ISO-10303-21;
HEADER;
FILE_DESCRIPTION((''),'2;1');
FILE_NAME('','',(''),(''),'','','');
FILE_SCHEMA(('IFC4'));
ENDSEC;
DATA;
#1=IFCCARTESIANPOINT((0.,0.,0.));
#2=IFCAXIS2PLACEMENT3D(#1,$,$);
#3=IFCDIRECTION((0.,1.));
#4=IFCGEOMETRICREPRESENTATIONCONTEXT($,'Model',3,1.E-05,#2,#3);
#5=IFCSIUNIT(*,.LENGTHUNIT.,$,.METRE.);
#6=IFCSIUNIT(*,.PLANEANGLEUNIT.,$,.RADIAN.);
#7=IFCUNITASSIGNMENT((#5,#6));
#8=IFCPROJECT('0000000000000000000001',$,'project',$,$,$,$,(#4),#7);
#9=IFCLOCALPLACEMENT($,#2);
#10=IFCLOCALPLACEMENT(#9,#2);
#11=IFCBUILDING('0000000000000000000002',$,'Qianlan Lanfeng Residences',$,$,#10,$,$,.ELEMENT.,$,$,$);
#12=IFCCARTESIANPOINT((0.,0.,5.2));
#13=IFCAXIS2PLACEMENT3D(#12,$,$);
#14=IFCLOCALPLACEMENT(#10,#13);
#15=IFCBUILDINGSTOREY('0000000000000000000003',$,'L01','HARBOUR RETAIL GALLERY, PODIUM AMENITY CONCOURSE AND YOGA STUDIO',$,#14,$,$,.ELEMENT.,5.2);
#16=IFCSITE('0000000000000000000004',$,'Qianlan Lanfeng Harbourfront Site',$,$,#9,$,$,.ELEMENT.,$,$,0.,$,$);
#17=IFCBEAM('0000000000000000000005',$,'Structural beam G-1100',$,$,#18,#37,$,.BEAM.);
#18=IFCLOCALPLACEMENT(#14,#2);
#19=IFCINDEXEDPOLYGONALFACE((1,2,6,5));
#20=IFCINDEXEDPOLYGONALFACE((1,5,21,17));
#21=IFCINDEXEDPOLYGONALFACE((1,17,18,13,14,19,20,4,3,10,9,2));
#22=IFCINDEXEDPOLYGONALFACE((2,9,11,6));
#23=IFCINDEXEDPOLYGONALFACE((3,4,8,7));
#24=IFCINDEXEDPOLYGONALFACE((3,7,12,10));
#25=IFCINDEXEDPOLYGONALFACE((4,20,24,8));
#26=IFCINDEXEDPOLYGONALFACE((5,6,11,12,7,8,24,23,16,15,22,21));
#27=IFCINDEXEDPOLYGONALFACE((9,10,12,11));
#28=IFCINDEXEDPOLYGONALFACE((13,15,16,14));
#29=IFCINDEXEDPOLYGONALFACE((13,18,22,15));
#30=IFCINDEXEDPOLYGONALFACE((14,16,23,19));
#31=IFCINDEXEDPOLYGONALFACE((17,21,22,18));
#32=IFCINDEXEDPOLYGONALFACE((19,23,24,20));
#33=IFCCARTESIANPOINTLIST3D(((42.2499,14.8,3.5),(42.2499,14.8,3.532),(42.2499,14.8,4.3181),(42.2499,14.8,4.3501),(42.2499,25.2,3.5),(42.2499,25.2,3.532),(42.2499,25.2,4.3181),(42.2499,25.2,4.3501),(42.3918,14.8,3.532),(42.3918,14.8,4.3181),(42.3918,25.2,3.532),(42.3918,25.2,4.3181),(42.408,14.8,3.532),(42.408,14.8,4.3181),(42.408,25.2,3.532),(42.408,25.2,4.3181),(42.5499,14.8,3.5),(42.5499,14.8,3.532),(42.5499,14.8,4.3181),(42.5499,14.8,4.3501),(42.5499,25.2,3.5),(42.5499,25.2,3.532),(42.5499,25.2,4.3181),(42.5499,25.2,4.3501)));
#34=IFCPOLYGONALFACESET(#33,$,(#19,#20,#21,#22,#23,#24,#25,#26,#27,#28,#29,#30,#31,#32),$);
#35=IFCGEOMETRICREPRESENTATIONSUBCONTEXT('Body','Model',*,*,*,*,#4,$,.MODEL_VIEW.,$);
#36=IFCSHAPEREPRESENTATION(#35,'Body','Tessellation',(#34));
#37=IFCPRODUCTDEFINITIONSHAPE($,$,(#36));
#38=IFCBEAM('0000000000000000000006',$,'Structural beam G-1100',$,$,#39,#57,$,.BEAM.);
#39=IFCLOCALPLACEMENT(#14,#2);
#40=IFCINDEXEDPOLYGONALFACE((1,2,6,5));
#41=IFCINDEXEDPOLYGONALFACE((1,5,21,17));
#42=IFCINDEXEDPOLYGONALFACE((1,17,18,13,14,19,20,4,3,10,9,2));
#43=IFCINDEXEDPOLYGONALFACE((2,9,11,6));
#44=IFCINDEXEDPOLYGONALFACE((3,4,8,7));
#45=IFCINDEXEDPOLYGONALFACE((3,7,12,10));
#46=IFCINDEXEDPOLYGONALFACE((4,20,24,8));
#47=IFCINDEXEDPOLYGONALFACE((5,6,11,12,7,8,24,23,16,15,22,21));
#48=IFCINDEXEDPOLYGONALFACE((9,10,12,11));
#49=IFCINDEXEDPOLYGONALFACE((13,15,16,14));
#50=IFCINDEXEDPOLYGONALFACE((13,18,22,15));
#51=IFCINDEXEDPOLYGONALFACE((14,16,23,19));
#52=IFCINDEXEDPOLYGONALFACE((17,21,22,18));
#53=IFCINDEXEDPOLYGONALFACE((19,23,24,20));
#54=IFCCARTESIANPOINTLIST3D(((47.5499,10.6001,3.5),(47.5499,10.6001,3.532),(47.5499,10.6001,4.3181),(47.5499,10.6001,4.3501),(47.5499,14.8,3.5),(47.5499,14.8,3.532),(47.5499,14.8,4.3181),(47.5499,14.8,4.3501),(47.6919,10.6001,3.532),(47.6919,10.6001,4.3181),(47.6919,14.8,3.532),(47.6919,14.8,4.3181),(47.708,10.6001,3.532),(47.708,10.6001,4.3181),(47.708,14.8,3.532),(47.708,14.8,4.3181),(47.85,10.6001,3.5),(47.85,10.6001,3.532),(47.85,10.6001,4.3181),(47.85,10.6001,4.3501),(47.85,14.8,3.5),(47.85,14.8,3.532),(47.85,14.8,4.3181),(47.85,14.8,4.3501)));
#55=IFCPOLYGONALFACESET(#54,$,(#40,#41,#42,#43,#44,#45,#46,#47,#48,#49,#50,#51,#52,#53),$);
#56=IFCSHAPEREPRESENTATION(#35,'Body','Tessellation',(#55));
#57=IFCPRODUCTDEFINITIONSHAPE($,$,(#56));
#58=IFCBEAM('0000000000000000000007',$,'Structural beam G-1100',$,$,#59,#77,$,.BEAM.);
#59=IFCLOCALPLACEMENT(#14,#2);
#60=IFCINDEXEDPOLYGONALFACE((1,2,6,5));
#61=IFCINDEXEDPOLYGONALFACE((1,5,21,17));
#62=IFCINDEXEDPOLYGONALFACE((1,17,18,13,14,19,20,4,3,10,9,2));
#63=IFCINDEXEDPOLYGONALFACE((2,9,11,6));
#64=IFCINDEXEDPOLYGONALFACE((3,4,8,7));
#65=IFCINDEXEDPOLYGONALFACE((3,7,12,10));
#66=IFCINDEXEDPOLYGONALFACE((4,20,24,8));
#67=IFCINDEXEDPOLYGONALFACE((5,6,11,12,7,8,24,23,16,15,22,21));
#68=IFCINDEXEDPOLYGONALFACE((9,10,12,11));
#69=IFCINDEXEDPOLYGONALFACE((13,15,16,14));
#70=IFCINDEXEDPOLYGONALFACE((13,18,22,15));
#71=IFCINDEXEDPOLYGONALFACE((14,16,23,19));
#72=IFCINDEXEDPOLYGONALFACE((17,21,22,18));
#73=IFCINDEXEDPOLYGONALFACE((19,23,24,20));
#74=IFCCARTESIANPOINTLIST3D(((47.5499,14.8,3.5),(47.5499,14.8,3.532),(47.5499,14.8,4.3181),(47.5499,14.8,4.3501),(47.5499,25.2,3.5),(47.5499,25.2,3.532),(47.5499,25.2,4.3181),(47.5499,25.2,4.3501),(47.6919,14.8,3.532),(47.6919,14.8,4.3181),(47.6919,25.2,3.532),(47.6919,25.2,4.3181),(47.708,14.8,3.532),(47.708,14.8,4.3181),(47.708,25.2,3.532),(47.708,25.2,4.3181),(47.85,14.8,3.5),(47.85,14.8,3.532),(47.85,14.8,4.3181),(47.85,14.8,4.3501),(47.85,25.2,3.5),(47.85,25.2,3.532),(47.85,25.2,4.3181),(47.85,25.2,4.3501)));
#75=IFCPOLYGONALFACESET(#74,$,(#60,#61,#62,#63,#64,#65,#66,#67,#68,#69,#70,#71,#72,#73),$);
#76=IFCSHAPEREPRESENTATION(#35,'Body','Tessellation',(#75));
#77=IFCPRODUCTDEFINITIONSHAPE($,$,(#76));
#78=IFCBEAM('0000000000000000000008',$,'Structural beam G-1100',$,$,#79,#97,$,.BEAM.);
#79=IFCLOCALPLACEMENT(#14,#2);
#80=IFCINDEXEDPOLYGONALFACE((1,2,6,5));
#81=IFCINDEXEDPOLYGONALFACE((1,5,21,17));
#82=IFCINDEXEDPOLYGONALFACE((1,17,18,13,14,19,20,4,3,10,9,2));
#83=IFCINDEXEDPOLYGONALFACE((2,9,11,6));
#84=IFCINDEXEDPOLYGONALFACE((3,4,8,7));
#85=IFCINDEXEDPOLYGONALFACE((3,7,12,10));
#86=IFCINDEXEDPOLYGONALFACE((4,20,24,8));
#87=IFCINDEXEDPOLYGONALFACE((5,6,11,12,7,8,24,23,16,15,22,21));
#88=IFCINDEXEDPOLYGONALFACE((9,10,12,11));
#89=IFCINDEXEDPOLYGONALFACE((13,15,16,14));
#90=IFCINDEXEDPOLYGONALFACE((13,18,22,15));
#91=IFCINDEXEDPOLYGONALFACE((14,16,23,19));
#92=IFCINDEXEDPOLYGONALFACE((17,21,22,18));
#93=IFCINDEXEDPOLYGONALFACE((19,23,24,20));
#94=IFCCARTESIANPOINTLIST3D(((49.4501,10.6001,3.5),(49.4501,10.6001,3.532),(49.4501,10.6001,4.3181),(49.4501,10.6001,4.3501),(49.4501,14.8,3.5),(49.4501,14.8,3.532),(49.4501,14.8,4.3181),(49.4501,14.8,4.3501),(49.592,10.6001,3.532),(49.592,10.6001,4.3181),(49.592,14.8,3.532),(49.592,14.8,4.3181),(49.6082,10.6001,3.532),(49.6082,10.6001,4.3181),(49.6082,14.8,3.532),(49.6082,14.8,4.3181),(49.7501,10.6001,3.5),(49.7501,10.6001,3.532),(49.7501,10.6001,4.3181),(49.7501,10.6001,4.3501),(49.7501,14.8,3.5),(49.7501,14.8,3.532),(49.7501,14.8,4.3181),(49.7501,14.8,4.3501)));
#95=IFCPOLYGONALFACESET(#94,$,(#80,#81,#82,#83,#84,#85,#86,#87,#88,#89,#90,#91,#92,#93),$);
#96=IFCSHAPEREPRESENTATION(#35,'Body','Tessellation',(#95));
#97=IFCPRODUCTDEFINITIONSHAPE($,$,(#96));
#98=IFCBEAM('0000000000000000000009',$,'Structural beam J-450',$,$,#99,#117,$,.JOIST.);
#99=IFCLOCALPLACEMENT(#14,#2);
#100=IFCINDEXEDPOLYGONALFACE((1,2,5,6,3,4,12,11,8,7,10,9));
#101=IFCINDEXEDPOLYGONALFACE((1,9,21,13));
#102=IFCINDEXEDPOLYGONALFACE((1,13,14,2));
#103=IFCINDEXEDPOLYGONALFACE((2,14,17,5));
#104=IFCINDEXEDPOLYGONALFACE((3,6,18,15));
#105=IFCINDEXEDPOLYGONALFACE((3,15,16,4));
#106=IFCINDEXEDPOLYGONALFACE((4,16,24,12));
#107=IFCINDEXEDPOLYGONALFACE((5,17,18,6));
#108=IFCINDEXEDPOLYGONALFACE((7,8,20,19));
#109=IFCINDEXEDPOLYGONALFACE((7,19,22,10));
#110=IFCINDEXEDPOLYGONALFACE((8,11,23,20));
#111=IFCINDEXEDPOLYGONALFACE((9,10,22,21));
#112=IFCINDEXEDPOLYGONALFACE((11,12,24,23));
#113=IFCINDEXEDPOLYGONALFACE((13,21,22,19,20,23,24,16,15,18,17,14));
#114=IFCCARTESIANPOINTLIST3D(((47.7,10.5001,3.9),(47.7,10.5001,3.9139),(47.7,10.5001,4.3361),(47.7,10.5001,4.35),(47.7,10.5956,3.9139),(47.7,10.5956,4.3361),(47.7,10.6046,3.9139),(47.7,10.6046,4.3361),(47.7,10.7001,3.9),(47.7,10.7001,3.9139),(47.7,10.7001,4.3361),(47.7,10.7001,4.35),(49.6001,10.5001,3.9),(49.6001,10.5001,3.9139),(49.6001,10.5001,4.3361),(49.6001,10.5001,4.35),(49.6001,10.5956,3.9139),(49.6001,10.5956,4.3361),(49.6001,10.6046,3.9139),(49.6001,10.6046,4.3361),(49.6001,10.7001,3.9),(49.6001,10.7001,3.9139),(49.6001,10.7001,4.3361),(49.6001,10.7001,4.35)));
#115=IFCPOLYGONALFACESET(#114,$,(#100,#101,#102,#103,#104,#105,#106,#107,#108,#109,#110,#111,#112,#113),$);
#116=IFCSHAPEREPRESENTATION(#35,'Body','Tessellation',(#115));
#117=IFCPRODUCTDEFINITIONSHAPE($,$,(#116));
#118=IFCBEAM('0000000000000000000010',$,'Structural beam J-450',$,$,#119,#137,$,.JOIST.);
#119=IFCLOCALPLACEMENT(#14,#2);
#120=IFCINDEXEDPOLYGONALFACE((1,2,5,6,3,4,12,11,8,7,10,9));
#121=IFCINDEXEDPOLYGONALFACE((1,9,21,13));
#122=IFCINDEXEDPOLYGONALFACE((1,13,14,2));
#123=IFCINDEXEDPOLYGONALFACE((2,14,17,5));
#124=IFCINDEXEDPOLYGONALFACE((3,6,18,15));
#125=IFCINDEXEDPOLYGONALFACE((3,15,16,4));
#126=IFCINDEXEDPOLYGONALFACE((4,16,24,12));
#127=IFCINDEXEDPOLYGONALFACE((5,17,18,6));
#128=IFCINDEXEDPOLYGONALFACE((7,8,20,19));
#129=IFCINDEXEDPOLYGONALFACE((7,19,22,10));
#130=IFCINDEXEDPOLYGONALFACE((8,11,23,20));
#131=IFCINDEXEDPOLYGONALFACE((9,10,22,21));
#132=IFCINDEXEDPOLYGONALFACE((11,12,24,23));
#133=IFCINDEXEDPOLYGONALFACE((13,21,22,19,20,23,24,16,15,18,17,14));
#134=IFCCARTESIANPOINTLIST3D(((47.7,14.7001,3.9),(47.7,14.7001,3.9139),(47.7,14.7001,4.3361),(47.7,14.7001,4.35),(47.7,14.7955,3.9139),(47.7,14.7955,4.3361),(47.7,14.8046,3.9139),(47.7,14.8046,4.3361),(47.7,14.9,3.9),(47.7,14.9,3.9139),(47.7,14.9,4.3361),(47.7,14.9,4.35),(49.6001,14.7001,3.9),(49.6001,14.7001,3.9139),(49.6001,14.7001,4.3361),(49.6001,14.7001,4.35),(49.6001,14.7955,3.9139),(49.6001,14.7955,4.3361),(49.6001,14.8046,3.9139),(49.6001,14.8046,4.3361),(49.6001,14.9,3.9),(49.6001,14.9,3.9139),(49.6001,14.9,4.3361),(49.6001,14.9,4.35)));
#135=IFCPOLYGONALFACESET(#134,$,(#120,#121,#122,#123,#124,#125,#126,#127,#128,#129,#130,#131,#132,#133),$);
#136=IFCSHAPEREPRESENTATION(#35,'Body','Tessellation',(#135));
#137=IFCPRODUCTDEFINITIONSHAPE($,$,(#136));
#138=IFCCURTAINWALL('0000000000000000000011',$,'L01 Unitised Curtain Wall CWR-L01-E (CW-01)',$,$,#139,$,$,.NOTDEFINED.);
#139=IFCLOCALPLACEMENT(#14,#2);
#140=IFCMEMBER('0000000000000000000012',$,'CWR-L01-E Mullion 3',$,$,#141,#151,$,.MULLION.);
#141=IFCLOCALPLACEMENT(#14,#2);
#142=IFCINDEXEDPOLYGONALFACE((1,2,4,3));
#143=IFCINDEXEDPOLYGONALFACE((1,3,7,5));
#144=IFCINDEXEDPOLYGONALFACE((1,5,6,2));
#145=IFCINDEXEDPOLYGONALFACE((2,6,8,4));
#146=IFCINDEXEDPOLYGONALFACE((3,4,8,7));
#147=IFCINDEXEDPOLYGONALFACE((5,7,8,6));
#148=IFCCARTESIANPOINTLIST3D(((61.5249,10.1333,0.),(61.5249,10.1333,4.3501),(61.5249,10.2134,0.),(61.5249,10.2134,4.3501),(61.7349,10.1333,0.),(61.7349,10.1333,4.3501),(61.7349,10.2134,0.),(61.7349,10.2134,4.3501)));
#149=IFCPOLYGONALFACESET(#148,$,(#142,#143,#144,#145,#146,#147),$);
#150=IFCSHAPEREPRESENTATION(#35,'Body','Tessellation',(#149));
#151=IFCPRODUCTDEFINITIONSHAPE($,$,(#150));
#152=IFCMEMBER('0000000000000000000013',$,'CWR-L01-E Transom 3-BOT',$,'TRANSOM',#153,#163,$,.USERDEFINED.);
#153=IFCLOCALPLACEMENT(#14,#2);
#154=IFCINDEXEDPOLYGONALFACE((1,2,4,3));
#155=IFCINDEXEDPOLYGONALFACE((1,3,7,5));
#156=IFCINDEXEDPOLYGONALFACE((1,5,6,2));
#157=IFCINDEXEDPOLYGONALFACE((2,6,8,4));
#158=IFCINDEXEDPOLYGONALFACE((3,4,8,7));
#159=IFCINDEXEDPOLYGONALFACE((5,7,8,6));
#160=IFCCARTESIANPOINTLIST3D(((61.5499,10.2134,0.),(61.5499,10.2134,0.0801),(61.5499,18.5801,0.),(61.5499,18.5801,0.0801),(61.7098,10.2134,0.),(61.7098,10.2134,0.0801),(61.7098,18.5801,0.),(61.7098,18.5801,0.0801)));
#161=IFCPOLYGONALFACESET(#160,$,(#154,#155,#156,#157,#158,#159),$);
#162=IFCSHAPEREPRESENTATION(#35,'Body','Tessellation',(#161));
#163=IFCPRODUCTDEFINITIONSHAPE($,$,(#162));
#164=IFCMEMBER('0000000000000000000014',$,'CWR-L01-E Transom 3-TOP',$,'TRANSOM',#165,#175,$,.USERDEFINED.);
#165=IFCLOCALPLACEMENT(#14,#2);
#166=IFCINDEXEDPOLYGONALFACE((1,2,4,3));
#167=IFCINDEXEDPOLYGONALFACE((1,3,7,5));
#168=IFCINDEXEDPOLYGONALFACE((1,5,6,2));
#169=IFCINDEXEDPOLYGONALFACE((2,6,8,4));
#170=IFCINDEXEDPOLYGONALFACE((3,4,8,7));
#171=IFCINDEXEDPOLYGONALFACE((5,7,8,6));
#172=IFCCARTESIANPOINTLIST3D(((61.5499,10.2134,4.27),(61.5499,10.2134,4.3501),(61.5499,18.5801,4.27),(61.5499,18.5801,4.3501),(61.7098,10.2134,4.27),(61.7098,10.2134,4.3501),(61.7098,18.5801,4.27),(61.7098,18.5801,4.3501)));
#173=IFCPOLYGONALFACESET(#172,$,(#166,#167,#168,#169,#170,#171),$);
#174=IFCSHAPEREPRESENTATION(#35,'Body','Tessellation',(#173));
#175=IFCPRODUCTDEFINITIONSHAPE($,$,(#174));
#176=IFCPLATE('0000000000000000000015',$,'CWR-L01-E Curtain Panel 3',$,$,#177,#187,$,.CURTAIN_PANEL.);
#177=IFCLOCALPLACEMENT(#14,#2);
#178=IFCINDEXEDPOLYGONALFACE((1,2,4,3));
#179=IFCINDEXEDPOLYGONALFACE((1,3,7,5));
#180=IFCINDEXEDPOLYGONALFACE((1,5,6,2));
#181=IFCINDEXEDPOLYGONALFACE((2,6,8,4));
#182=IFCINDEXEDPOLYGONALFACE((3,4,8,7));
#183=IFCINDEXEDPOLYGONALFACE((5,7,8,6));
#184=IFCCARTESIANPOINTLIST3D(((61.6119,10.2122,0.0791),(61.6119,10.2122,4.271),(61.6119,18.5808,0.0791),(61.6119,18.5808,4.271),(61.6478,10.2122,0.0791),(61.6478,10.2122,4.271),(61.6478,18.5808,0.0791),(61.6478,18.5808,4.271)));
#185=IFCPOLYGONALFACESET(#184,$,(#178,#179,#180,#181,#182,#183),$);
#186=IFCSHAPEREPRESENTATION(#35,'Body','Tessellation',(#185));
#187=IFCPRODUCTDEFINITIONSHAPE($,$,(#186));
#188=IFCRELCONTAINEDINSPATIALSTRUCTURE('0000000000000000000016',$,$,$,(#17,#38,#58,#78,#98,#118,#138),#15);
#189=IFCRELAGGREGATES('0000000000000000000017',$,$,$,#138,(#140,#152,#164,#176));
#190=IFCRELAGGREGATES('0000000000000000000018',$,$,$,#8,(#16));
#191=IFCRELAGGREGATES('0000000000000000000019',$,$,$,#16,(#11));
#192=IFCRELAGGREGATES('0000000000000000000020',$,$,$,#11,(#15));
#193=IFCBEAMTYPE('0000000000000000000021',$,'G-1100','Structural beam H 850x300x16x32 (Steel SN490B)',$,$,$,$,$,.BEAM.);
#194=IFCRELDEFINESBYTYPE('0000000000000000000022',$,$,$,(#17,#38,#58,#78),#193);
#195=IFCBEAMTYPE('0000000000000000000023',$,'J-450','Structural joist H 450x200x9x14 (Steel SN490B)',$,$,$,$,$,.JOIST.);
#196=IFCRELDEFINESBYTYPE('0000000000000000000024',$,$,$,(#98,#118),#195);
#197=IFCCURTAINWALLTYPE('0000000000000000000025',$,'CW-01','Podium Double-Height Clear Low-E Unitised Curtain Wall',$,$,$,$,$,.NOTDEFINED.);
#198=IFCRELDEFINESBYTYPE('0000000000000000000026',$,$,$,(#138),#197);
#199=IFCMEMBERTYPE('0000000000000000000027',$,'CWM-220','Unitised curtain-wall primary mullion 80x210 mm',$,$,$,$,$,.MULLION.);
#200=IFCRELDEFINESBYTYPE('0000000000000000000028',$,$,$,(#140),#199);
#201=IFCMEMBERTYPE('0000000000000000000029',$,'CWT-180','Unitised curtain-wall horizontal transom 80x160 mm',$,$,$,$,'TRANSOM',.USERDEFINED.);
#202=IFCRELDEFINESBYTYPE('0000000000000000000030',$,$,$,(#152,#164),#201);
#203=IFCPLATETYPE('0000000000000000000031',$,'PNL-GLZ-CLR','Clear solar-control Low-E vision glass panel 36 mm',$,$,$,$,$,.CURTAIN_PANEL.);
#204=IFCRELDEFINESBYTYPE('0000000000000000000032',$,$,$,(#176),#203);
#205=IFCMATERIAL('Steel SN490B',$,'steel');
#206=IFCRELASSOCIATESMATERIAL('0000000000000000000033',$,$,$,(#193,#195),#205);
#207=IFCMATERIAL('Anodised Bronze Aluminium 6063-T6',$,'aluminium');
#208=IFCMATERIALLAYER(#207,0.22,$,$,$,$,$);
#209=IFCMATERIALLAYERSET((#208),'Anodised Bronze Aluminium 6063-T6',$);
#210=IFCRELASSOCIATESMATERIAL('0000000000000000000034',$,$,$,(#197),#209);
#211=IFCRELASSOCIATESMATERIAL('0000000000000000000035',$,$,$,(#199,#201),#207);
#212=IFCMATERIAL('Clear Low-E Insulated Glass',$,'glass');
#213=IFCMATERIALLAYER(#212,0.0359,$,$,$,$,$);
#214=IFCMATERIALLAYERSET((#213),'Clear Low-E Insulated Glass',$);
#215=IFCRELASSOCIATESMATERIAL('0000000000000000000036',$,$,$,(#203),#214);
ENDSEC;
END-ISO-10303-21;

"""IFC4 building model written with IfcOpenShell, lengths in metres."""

from ifc_helpers import new_model, si_unit, direction, frame, origin, origin_2d, place, context, subcontext, project, spatial, rectangle, i_section, extrude, source, transform, mapped, material, layer, layer_set, material_profile, profile_set, type_object, element, aggregate, save


model = new_model("IFC4")

# Units and contexts
model_context = context("Model", 3, precision=1e-05, world=origin(), true_north=direction((0.0, 1.0)))
body_context = subcontext(model_context, "Body", "Model", "MODEL_VIEW")
ifc_project = project(units=[si_unit("LENGTHUNIT", "METRE"), si_unit("PLANEANGLEUNIT", "RADIAN")], contexts=[model_context])

# Site, building, storey
site_placement = place(None, origin())
site = spatial("IfcSite", under=ifc_project, at=site_placement, Name="Qianlan Lanfeng Harbourfront Site", CompositionType="ELEMENT", RefElevation=0.0)
building_placement = place(site_placement, origin())
building = spatial("IfcBuilding", under=site, at=building_placement, Name="Qianlan Lanfeng Residences", CompositionType="ELEMENT")
storey_placement = place(building_placement, frame((0.0, 0.0, 5.2)))
storey = spatial("IfcBuildingStorey", under=building, at=storey_placement, Name="L01", Description="HARBOUR RETAIL GALLERY, PODIUM AMENITY CONCOURSE AND YOGA STUDIO", CompositionType="ELEMENT", Elevation=5.2)

# Beams
ifc_material_1 = material(Name="Steel SN490B", Category="steel")
ifc_material_profile_1 = material_profile(ifc_material_1, i_section(OverallWidth=0.3, OverallDepth=0.8501, WebThickness=0.0161, FlangeThickness=0.032, at=origin_2d()), Name="H 850x300x16x32")
ifc_profile_set_1 = profile_set([ifc_material_profile_1], Name="Steel SN490B")
beam_type_1 = type_object("IfcBeamType", Name="G-1100", Description="Structural beam H 850x300x16x32 (Steel SN490B)", PredefinedType="BEAM", material=ifc_profile_set_1)
beam_1_placement = place(storey_placement, frame((42.3999, 14.8, 3.925), z_axis=(0.0, 1.0, 0.0), x_axis=(-1.0, 0.0, 0.0)))
element("IfcBeam", 1, at=beam_1_placement, inside=storey, type_object=beam_type_1, Name="Structural beam G-1100", PredefinedType="BEAM", context=body_context, shape_type="SweptSolid", body=[
    extrude(i_section(OverallWidth=0.3, OverallDepth=0.8501, WebThickness=0.0161, FlangeThickness=0.032, at=origin_2d()), origin(), (0.0, 0.0, 1.0), 10.3999),
])
beam_2_placement = place(storey_placement, frame((47.7, 10.6001, 3.925), z_axis=(0.0, 1.0, 0.0), x_axis=(-1.0, 0.0, 0.0)))
element("IfcBeam", 2, at=beam_2_placement, inside=storey, type_object=beam_type_1, Name="Structural beam G-1100", PredefinedType="BEAM", context=body_context, shape_type="SweptSolid", body=[
    extrude(i_section(OverallWidth=0.3, OverallDepth=0.8501, WebThickness=0.0161, FlangeThickness=0.032, at=origin_2d()), origin(), (0.0, 0.0, 1.0), 4.2),
])
beam_3_placement = place(storey_placement, frame((47.7, 14.8, 3.925), z_axis=(0.0, 1.0, 0.0), x_axis=(-1.0, 0.0, 0.0)))
element("IfcBeam", 3, at=beam_3_placement, inside=storey, type_object=beam_type_1, Name="Structural beam G-1100", PredefinedType="BEAM", context=body_context, shape_type="SweptSolid", body=[
    extrude(i_section(OverallWidth=0.3, OverallDepth=0.8501, WebThickness=0.0161, FlangeThickness=0.032, at=origin_2d()), origin(), (0.0, 0.0, 1.0), 10.3999),
])
beam_4_placement = place(storey_placement, frame((49.6001, 10.6001, 3.925), z_axis=(0.0, 1.0, 0.0), x_axis=(-1.0, 0.0, 0.0)))
element("IfcBeam", 4, at=beam_4_placement, inside=storey, type_object=beam_type_1, Name="Structural beam G-1100", PredefinedType="BEAM", context=body_context, shape_type="SweptSolid", body=[
    extrude(i_section(OverallWidth=0.3, OverallDepth=0.8501, WebThickness=0.0161, FlangeThickness=0.032, at=origin_2d()), origin(), (0.0, 0.0, 1.0), 4.2),
])
ifc_material_profile_2 = material_profile(ifc_material_1, i_section(OverallWidth=0.2, OverallDepth=0.45, WebThickness=0.009, FlangeThickness=0.0139, at=origin_2d()), Name="H 450x200x9x14")
ifc_profile_set_2 = profile_set([ifc_material_profile_2], Name="Steel SN490B")
beam_type_2 = type_object("IfcBeamType", Name="J-450", Description="Structural joist H 450x200x9x14 (Steel SN490B)", PredefinedType="JOIST", material=ifc_profile_set_2)
for number, where, z_axis, x_axis, name in (
    (5, (47.7, 10.6001, 4.125), (1.0, 0.0, 0.0), (0.0, 1.0, 0.0), "Structural beam J-450"),
    (6, (47.7, 14.8, 4.125), (1.0, 0.0, 0.0), (0.0, 1.0, 0.0), "Structural beam J-450"),
):
    element("IfcBeam", number, at=place(storey_placement, frame(where, z_axis=z_axis, x_axis=x_axis)), inside=storey, type_object=beam_type_2, Name=name, PredefinedType="JOIST", context=body_context, shape_type="SweptSolid", body=[
        extrude(i_section(OverallWidth=0.2, OverallDepth=0.45, WebThickness=0.009, FlangeThickness=0.0139, at=origin_2d()), origin(), (0.0, 0.0, 1.0), 1.9001),
    ])

# Curtain wall, members, plate
ifc_material_2 = material(Name="Anodised Bronze Aluminium 6063-T6", Category="aluminium")
ifc_layer_1 = layer(ifc_material_2, 0.22)
ifc_layer_set_1 = layer_set([ifc_layer_1], Name="Anodised Bronze Aluminium 6063-T6")
curtain_wall_type = type_object("IfcCurtainWallType", Name="CW-01", Description="Podium Double-Height Clear Low-E Unitised Curtain Wall", PredefinedType="NOTDEFINED", material=ifc_layer_set_1)
curtain_wall_placement = place(storey_placement, origin())
curtain_wall = element("IfcCurtainWall", 7, at=curtain_wall_placement, inside=storey, type_object=curtain_wall_type, Name="L01 Unitised Curtain Wall CWR-L01-E (CW-01)", PredefinedType="NOTDEFINED")
ifc_material_profile_3 = material_profile(ifc_material_2, rectangle(XDim=0.0801, YDim=0.21, at=origin_2d()), Name="ALU MULLION 80x210")
ifc_profile_set_3 = profile_set([ifc_material_profile_3], Name="Anodised Bronze Aluminium 6063-T6")
member_type_1 = type_object("IfcMemberType", Name="CWM-220", Description="Unitised curtain-wall primary mullion 80x210 mm", PredefinedType="MULLION", material=ifc_profile_set_3)
shared_shape_1 = source(origin(), body_context, "Body", "SweptSolid", [
    extrude(rectangle(XDim=0.0801, YDim=0.21, at=origin_2d()), origin(), (0.0, 0.0, 1.0), 4.3501),
])
member_1_placement = place(storey_placement, frame((61.6299, 10.1733, 0.0), z_axis=(0.0, 0.0, 1.0), x_axis=(0.0, 1.0, 0.0)))
member_1 = element("IfcMember", 8, at=member_1_placement, type_object=member_type_1, Name="CWR-L01-E Mullion 3", PredefinedType="MULLION", context=body_context, shape_type="MappedRepresentation", body=[
    mapped(shared_shape_1, transform((0.0, 0.0, 0.0), scale=1.0)),
])
ifc_material_profile_4 = material_profile(ifc_material_2, rectangle(XDim=0.0801, YDim=0.1599, at=origin_2d()), Name="ALU TRANSOM 80x160")
ifc_profile_set_4 = profile_set([ifc_material_profile_4], Name="Anodised Bronze Aluminium 6063-T6")
member_type_2 = type_object("IfcMemberType", Name="CWT-180", Description="Unitised curtain-wall horizontal transom 80x160 mm", ElementType="TRANSOM", PredefinedType="USERDEFINED", material=ifc_profile_set_4)
shared_shape_2 = source(origin(), body_context, "Body", "SweptSolid", [
    extrude(rectangle(XDim=0.0801, YDim=0.1599, at=origin_2d()), origin(), (0.0, 0.0, 1.0), 8.3667),
])
member_2_placement = place(storey_placement, frame((61.6299, 10.2134, 0.04), z_axis=(0.0, 1.0, 0.0), x_axis=(0.0, 0.0, 1.0)))
member_2 = element("IfcMember", 9, at=member_2_placement, type_object=member_type_2, Name="CWR-L01-E Transom 3-BOT", ObjectType="TRANSOM", PredefinedType="USERDEFINED", context=body_context, shape_type="MappedRepresentation", body=[
    mapped(shared_shape_2, transform((0.0, 0.0, 0.0), scale=1.0)),
])
member_3_placement = place(storey_placement, frame((61.6299, 10.2134, 4.3101), z_axis=(0.0, 1.0, 0.0), x_axis=(0.0, 0.0, 1.0)))
member_3 = element("IfcMember", 10, at=member_3_placement, type_object=member_type_2, Name="CWR-L01-E Transom 3-TOP", ObjectType="TRANSOM", PredefinedType="USERDEFINED", context=body_context, shape_type="MappedRepresentation", body=[
    mapped(shared_shape_2, transform((0.0, 0.0, 0.0), scale=1.0)),
])
ifc_material_3 = material(Name="Clear Low-E Insulated Glass", Category="glass")
ifc_layer_2 = layer(ifc_material_3, 0.0359)
ifc_layer_set_2 = layer_set([ifc_layer_2], Name="Clear Low-E Insulated Glass")
plate_type_1 = type_object("IfcPlateType", Name="PNL-GLZ-CLR", Description="Clear solar-control Low-E vision glass panel 36 mm", PredefinedType="CURTAIN_PANEL", material=ifc_layer_set_2)
shared_shape_3 = source(origin(), body_context, "Body", "SweptSolid", [
    extrude(rectangle(XDim=8.3687, YDim=0.0359, at=origin_2d()), origin(), (0.0, 0.0, 1.0), 4.1919),
])
plate_1_placement = place(storey_placement, frame((61.6299, 14.3965, 0.0791), z_axis=(0.0, 0.0, 1.0), x_axis=(0.0, 1.0, 0.0)))
plate_1 = element("IfcPlate", 11, at=plate_1_placement, type_object=plate_type_1, Name="CWR-L01-E Curtain Panel 3", PredefinedType="CURTAIN_PANEL", context=body_context, shape_type="MappedRepresentation", body=[
    mapped(shared_shape_3, transform((0.0, 0.0, 0.0), scale=1.0)),
])
aggregate(curtain_wall, [member_1, member_2, member_3, plate_1])

save(model, "model.ifc")
